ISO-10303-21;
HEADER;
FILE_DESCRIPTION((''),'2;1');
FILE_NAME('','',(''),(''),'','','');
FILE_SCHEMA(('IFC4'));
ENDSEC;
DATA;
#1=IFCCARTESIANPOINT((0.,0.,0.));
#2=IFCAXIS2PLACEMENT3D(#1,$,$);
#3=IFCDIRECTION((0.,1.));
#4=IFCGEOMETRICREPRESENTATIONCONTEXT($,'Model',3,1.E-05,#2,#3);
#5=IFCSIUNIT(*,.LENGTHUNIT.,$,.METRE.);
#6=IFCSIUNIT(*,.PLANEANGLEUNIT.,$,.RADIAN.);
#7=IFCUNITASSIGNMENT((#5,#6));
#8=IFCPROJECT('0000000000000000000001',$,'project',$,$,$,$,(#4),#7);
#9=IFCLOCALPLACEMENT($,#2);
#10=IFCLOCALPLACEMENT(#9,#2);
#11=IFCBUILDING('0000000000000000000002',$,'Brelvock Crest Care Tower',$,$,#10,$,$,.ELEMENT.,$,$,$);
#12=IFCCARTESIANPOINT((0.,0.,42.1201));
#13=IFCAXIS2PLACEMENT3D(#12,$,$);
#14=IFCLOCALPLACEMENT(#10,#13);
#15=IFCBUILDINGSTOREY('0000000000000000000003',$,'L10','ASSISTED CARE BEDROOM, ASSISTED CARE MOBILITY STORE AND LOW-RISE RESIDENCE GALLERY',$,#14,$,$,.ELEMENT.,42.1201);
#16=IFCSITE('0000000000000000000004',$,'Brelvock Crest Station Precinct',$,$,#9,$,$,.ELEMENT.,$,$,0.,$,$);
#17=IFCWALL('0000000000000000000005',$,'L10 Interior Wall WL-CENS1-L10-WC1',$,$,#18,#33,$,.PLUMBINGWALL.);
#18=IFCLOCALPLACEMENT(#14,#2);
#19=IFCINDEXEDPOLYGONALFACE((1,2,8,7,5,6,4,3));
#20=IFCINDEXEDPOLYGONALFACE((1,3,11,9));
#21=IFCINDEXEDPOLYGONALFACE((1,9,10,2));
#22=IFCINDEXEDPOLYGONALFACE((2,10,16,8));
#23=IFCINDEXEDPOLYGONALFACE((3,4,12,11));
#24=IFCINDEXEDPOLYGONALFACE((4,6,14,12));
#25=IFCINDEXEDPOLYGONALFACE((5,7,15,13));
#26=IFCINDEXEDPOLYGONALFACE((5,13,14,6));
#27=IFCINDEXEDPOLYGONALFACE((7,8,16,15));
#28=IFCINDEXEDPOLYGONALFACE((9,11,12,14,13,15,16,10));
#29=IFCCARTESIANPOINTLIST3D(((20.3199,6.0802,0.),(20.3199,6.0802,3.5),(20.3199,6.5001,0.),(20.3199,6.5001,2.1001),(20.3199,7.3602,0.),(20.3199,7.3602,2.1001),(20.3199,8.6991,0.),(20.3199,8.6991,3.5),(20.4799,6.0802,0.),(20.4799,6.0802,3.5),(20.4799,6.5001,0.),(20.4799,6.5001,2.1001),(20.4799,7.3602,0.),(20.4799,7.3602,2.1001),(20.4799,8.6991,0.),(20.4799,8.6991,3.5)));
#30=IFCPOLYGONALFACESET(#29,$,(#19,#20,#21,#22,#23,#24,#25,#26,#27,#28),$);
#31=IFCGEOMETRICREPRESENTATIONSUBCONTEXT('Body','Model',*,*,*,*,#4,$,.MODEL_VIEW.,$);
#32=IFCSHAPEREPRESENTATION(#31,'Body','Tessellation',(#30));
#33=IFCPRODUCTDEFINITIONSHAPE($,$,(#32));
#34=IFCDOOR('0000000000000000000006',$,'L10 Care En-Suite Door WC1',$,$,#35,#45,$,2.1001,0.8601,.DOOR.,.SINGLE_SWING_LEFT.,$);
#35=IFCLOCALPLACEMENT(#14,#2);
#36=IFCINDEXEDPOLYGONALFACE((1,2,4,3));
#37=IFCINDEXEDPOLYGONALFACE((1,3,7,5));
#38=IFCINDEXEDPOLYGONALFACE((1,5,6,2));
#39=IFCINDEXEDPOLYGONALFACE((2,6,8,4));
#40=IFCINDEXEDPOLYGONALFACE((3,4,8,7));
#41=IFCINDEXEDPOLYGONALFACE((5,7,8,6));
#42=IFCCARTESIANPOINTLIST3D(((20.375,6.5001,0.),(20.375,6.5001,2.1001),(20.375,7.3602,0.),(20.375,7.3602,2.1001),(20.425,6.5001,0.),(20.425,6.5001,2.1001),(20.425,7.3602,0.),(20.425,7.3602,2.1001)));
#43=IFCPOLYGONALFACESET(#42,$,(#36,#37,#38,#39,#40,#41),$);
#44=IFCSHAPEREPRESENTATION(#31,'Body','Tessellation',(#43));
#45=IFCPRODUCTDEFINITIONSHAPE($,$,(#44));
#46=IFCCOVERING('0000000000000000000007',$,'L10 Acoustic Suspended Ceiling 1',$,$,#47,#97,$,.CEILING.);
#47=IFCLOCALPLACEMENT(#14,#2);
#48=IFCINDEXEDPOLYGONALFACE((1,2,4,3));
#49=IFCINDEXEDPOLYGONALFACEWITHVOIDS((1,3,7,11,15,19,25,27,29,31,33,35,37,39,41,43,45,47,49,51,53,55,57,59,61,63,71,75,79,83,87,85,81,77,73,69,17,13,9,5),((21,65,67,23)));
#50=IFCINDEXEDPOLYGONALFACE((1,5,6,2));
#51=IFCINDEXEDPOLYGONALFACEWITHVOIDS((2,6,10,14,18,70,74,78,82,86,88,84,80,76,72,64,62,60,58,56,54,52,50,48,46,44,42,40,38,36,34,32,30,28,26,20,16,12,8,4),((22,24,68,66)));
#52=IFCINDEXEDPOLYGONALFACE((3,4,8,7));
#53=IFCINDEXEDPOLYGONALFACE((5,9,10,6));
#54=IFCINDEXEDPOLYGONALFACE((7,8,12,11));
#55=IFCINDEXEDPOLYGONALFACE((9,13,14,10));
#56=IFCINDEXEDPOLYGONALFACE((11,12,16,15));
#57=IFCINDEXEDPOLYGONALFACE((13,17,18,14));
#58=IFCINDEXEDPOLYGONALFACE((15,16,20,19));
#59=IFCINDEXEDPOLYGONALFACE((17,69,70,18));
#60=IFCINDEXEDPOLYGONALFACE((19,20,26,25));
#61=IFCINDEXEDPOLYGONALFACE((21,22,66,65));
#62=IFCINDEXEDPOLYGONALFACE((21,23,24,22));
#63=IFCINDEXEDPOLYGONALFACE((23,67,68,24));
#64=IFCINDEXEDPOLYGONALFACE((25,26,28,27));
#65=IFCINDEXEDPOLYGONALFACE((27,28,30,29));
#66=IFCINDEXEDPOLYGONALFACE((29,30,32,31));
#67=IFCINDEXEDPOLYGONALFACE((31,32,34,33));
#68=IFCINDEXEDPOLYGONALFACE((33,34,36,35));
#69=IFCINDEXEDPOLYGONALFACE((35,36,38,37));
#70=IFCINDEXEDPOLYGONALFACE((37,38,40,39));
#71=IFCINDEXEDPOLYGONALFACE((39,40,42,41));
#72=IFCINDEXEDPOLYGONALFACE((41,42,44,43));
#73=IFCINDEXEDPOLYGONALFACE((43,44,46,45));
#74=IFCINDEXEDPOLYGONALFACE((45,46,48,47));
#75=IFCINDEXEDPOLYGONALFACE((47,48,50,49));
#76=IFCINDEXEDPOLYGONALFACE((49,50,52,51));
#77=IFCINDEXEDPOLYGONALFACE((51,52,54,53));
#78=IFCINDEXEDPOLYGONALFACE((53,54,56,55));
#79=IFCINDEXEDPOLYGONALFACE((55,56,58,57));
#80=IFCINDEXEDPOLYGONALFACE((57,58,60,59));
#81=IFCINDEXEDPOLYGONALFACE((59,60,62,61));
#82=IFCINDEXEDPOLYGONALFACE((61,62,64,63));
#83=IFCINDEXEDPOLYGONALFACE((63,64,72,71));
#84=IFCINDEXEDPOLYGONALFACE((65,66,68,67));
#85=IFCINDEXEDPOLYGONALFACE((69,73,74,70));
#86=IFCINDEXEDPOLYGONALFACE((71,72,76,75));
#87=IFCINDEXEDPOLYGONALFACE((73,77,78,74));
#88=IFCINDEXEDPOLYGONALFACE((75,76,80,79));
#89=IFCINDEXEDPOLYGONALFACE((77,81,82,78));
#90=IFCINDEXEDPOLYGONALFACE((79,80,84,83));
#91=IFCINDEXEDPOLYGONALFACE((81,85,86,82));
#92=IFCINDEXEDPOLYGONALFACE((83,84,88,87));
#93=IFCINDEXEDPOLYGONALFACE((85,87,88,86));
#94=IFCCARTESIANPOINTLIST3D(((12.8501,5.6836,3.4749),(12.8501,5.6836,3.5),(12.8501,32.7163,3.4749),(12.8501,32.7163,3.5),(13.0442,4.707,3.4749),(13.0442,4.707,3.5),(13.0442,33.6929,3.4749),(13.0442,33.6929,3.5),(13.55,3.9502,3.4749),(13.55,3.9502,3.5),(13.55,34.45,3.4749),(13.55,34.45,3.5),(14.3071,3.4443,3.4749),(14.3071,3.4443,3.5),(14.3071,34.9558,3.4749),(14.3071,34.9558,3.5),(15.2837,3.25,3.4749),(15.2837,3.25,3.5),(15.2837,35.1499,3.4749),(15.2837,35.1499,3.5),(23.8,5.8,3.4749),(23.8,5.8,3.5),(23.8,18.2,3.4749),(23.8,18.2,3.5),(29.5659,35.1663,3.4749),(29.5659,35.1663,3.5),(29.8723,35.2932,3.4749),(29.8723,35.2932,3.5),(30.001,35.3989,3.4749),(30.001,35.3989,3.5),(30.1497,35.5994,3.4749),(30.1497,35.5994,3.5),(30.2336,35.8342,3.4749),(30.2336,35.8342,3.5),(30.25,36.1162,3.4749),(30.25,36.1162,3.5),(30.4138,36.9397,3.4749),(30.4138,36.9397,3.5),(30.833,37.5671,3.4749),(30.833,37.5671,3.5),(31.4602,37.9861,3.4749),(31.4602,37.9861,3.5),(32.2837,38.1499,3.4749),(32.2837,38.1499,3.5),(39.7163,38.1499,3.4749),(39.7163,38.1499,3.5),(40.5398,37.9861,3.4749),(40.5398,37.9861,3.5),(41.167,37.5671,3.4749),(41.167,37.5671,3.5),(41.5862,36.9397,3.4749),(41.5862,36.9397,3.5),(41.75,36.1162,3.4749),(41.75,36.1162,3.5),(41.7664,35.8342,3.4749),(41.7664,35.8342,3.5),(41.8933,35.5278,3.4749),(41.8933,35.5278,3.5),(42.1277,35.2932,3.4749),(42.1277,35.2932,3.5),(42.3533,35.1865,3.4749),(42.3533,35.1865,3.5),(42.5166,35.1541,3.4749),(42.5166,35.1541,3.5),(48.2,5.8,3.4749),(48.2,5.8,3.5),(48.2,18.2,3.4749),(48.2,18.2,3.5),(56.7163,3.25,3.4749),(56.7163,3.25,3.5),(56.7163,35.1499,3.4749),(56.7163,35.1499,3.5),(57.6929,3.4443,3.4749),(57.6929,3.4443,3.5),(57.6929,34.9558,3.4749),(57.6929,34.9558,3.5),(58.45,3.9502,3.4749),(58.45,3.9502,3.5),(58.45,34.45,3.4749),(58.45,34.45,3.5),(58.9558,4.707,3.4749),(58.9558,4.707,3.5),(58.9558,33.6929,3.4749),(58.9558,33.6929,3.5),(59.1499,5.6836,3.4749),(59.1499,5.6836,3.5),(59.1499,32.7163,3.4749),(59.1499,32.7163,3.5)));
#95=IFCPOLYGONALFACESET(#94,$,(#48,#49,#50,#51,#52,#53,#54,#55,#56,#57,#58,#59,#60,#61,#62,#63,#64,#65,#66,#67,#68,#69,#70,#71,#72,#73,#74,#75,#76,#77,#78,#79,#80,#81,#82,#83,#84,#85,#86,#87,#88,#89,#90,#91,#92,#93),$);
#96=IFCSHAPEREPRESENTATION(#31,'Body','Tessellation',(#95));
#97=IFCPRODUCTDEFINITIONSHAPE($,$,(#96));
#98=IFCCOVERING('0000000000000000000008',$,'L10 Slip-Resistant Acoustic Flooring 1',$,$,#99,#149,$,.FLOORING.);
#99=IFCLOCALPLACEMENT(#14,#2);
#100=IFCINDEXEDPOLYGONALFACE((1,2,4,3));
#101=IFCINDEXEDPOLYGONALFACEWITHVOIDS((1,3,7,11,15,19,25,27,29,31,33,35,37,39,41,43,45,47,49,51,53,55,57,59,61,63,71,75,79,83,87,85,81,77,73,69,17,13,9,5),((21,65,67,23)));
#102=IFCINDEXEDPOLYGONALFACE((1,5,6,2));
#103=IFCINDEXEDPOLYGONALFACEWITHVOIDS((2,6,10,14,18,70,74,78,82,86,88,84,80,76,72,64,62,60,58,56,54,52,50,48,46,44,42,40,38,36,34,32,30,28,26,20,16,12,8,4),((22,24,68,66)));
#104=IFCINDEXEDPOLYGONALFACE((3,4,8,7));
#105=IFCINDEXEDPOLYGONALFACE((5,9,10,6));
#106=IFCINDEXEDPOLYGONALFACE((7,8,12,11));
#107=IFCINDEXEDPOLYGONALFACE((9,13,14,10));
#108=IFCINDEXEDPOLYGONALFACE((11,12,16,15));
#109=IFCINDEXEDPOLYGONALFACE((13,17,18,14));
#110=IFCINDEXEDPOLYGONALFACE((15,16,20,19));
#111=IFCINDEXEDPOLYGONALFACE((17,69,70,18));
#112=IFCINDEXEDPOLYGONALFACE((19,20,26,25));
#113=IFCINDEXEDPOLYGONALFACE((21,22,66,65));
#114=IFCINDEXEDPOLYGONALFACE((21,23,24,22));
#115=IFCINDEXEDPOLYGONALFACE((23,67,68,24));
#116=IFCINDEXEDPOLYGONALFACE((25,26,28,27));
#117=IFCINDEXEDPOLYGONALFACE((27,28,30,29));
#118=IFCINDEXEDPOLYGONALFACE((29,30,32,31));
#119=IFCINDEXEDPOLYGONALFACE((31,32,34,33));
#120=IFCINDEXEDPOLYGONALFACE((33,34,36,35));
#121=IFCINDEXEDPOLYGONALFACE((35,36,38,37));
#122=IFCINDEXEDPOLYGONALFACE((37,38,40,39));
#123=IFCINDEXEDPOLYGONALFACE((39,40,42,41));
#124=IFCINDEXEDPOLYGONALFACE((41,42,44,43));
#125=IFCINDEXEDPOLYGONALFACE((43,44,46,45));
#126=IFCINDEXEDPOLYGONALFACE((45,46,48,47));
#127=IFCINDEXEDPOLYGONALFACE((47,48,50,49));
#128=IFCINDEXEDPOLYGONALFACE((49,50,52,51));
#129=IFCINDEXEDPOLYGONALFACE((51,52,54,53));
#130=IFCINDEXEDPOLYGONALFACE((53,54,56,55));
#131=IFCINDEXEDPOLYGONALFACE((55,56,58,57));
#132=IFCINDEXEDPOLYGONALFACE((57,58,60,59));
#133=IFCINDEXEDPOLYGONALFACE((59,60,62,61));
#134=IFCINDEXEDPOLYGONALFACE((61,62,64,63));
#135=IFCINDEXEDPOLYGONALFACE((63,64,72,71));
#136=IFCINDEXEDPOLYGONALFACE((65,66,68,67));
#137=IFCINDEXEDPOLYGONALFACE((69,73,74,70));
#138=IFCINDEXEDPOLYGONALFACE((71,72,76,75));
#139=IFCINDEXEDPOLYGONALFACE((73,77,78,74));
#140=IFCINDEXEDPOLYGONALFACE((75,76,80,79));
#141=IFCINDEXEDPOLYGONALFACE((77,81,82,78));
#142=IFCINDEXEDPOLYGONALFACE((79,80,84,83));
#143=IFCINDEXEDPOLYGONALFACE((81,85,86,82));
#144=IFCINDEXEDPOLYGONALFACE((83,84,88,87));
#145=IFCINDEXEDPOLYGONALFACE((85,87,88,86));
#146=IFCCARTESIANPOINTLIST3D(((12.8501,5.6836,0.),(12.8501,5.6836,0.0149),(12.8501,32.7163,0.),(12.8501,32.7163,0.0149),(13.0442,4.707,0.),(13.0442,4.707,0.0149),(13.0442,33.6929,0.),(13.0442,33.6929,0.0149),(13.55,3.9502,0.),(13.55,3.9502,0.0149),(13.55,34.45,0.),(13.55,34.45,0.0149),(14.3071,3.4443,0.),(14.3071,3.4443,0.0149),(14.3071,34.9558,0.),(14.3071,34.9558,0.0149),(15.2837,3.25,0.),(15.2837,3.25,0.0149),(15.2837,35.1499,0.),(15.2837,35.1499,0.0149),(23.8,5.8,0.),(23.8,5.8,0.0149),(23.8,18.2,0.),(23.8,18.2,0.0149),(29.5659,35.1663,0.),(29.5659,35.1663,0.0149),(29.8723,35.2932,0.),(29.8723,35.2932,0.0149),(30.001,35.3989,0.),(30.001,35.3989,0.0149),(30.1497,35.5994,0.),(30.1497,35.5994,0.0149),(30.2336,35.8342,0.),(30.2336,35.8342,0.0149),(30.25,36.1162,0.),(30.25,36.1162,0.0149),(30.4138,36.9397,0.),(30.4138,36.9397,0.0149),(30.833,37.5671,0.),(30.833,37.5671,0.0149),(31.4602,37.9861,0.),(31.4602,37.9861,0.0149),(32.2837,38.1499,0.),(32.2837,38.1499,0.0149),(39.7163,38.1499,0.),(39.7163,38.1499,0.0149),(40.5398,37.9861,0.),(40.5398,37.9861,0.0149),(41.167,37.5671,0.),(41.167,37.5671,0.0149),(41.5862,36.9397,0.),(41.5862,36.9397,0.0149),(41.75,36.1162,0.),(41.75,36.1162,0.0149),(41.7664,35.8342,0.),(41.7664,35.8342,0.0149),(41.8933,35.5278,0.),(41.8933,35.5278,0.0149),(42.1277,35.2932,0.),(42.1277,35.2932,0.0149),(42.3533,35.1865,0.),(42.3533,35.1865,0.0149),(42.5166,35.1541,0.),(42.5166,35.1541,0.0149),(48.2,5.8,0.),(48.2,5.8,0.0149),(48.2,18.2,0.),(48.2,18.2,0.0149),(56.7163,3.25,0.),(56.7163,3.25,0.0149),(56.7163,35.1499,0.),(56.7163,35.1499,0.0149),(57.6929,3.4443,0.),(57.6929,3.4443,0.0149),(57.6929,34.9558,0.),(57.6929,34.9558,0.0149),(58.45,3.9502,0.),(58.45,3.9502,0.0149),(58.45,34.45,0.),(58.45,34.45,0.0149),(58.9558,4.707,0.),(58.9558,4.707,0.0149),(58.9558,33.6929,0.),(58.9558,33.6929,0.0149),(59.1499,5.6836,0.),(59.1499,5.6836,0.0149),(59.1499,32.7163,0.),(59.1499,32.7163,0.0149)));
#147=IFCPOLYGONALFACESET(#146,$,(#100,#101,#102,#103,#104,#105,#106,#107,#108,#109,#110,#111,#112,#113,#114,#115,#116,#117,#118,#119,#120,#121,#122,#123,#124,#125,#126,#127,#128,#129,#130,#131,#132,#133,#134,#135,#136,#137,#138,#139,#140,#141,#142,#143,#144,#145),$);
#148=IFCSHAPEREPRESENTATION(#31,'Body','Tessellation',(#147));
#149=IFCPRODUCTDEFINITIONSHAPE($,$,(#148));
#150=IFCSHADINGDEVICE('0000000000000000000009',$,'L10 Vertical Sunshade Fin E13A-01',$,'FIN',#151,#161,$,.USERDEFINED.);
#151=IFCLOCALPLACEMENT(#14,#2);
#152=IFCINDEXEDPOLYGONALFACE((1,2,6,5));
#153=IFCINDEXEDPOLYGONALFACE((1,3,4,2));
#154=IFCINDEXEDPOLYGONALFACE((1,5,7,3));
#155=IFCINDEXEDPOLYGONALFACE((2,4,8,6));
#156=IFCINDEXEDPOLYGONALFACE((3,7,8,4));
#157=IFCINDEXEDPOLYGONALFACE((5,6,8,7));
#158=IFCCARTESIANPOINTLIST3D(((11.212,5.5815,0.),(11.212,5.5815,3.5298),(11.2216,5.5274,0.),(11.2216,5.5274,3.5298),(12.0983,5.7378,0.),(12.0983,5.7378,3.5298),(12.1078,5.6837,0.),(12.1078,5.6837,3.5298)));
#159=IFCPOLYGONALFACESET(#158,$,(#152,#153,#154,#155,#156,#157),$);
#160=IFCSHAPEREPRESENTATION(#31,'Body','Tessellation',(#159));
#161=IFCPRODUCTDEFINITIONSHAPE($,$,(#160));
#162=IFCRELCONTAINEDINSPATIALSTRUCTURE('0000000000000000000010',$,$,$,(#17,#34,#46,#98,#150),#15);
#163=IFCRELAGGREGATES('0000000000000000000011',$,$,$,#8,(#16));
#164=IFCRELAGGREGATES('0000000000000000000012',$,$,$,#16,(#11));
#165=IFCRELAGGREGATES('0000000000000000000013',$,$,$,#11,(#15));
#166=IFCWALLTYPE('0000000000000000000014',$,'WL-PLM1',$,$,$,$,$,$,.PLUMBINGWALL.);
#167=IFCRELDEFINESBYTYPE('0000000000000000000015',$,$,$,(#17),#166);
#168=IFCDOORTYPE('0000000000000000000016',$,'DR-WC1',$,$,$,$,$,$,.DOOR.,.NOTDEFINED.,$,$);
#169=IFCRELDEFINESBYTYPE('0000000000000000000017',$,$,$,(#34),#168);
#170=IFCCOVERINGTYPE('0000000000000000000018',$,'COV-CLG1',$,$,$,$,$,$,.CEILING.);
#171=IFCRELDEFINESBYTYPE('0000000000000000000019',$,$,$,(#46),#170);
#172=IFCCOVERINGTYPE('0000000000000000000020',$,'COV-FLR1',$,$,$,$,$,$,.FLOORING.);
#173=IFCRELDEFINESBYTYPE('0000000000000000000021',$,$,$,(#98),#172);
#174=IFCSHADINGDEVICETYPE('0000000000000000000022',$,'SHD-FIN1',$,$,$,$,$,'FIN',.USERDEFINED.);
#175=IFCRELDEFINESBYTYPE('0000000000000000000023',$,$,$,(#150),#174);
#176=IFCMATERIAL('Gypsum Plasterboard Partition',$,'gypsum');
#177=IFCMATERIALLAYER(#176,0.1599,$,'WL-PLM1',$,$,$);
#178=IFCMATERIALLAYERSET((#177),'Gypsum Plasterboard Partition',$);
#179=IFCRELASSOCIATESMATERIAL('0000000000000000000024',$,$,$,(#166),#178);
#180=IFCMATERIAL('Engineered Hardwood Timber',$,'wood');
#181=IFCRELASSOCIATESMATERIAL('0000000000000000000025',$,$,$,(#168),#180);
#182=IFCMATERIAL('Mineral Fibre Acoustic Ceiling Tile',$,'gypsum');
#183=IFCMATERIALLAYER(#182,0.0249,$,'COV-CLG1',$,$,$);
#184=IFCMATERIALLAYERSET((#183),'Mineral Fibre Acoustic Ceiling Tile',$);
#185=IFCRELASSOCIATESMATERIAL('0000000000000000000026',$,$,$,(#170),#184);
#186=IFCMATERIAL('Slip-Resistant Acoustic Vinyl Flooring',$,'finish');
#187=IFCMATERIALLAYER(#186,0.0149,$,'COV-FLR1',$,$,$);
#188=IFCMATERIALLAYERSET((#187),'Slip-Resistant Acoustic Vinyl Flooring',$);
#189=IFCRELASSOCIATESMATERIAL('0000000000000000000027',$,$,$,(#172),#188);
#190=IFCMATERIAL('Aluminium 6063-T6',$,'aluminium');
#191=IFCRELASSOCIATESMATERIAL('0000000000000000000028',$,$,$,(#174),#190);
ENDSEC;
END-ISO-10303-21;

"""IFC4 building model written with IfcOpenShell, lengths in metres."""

from ifc_helpers import new_model, si_unit, direction, frame, frame_2d, origin, origin_2d, place, context, subcontext, project, spatial, polyline, rectangle, outline, extrude, source, transform, mapped, material, layer, layer_set, material_profile, profile_set, type_object, element, fill, save


model = new_model("IFC4")

# Units and contexts
model_context = context("Model", 3, precision=1e-05, world=origin(), true_north=direction((0.0, 1.0)))
body_context = subcontext(model_context, "Body", "Model", "MODEL_VIEW")
ifc_project = project(units=[si_unit("LENGTHUNIT", "METRE"), si_unit("PLANEANGLEUNIT", "RADIAN")], contexts=[model_context])

# Site, building, storey
site_placement = place(None, origin())
site = spatial("IfcSite", under=ifc_project, at=site_placement, Name="Brelvock Crest Station Precinct", CompositionType="ELEMENT", RefElevation=0.0)
building_placement = place(site_placement, origin())
building = spatial("IfcBuilding", under=site, at=building_placement, Name="Brelvock Crest Care Tower", CompositionType="ELEMENT")
storey_placement = place(building_placement, frame((0.0, 0.0, 42.1201)))
storey = spatial("IfcBuildingStorey", under=building, at=storey_placement, Name="L10", Description="ASSISTED CARE BEDROOM, ASSISTED CARE MOBILITY STORE AND LOW-RISE RESIDENCE GALLERY", CompositionType="ELEMENT", Elevation=42.1201)

# Shared definitions
ifc_material_1 = material(Name="Aluminium 6063-T6", Category="aluminium")

# Shared definitions
ifc_material_2 = material(Name="Engineered Hardwood Timber", Category="wood")

# Shared definitions
ifc_material_3 = material(Name="Gypsum Plasterboard Partition", Category="gypsum")
ifc_layer_1 = layer(ifc_material_3, 0.1599, Name="WL-PLM1")
ifc_layer_set_1 = layer_set([ifc_layer_1], Name="Gypsum Plasterboard Partition")
wall_type_1 = type_object("IfcWallType", Name="WL-PLM1", PredefinedType="PLUMBINGWALL", material=ifc_layer_set_1)

# Wall, opening, door
wall_1_placement = place(storey_placement, frame((20.3999, 6.0801, 0.0), z_axis=(0.0, 0.0, 1.0), x_axis=(0.0, 1.0, 0.0)))
wall_1 = element("IfcWall", 1, at=wall_1_placement, inside=storey, type_object=wall_type_1, Name="L10 Interior Wall WL-CENS1-L10-WC1", PredefinedType="PLUMBINGWALL", context=body_context, shape_type="SweptSolid", body=[
    extrude(rectangle(XDim=2.6189, YDim=0.1599, at=frame_2d((1.3096, 0.0))), origin(), (0.0, 0.0, 1.0), 3.5),
])
opening_1_placement = place(wall_1_placement, frame((0.4199, 0.0, 0.0)))
opening_1 = element("IfcOpeningElement", 2, at=opening_1_placement, cuts=wall_1, PredefinedType="OPENING", context=body_context, shape_type="SweptSolid", body=[
    extrude(rectangle(XDim=0.8601, YDim=2.1001, at=origin_2d()), frame((0.4302, 0.0898, 1.05), z_axis=(0.0, -1.0, 0.0), x_axis=(1.0, 0.0, 0.0)), (0.0, 0.0, 1.0), 0.1799),
])
door_type_1 = type_object("IfcDoorType", Name="DR-WC1", OperationType="NOTDEFINED", PredefinedType="DOOR", material=ifc_material_2)
shared_shape_1 = source(origin(), body_context, "Body", "SweptSolid", [
    extrude(rectangle(XDim=0.8601, YDim=2.1001, at=origin_2d()), frame((0.4302, 0.0249, 1.05), z_axis=(0.0, -1.0, 0.0), x_axis=(1.0, 0.0, 0.0)), (0.0, 0.0, 1.0), 0.05),
])
door_1_placement = place(opening_1_placement, origin())
door_1 = element("IfcDoor", 3, at=door_1_placement, inside=storey, type_object=door_type_1, Name="L10 Care En-Suite Door WC1", OperationType="SINGLE_SWING_LEFT", OverallHeight=2.1001, OverallWidth=0.8601, PredefinedType="DOOR", context=body_context, shape_type="MappedRepresentation", body=[
    mapped(shared_shape_1, transform((0.0, 0.0, 0.0), x_axis=(1.0, 0.0, 0.0), y_axis=(0.0, 1.0, 0.0), z_axis=(0.0, 0.0, 1.0), scale=1.0)),
])
fill(opening_1, door_1)

# Coverings
ifc_material_4 = material(Name="Mineral Fibre Acoustic Ceiling Tile", Category="gypsum")
ifc_layer_2 = layer(ifc_material_4, 0.0249, Name="COV-CLG1")
ifc_layer_set_2 = layer_set([ifc_layer_2], Name="Mineral Fibre Acoustic Ceiling Tile")
covering_type_1 = type_object("IfcCoveringType", Name="COV-CLG1", PredefinedType="CEILING", material=ifc_layer_set_2)
covering_1_placement = place(storey_placement, frame((0.0, 0.0, 3.4749)))
element("IfcCovering", 4, at=covering_1_placement, inside=storey, type_object=covering_type_1, Name="L10 Acoustic Suspended Ceiling 1", PredefinedType="CEILING", context=body_context, shape_type="SweptSolid", body=[
    extrude(outline(polyline([(56.7163, 35.1499), (42.5166, 35.1541), (42.3533, 35.1865), (42.1277, 35.2932), (41.8933, 35.5278), (41.7664, 35.8342), (41.75, 36.1162), (41.5862, 36.9397), (41.167, 37.5671), (40.5398, 37.9861), (39.7163, 38.1499), (32.2837, 38.1499), (31.4602, 37.9861), (30.833, 37.5671), (30.4138, 36.9397), (30.25, 36.1162), (30.2336, 35.8342), (30.1497, 35.5994), (30.001, 35.3989), (29.8723, 35.2932), (29.5659, 35.1663), (15.2837, 35.1499), (14.3071, 34.9558), (13.55, 34.45), (13.0442, 33.6929), (12.8501, 32.7163), (12.8501, 5.6836), (13.0442, 4.707), (13.55, 3.9502), (14.3071, 3.4443), (15.2837, 3.25), (56.7163, 3.25), (57.6929, 3.4443), (58.45, 3.9502), (58.9558, 4.707), (59.1499, 5.6836), (59.1499, 32.7163), (58.9558, 33.6929), (58.45, 34.45), (57.6929, 34.9558), (56.7163, 35.1499)]), holes=[polyline([(48.2, 5.8), (48.2, 18.2), (23.8, 18.2), (23.8, 5.8), (48.2, 5.8)])]), origin(), (0.0, 0.0, 1.0), 0.0251),
])
ifc_material_5 = material(Name="Slip-Resistant Acoustic Vinyl Flooring", Category="finish")
ifc_layer_3 = layer(ifc_material_5, 0.0149, Name="COV-FLR1")
ifc_layer_set_3 = layer_set([ifc_layer_3], Name="Slip-Resistant Acoustic Vinyl Flooring")
covering_type_2 = type_object("IfcCoveringType", Name="COV-FLR1", PredefinedType="FLOORING", material=ifc_layer_set_3)
covering_2_placement = place(storey_placement, origin())
element("IfcCovering", 5, at=covering_2_placement, inside=storey, type_object=covering_type_2, Name="L10 Slip-Resistant Acoustic Flooring 1", PredefinedType="FLOORING", context=body_context, shape_type="SweptSolid", body=[
    extrude(outline(polyline([(56.7163, 35.1499), (42.5166, 35.1541), (42.3533, 35.1865), (42.1277, 35.2932), (41.8933, 35.5278), (41.7664, 35.8342), (41.75, 36.1162), (41.5862, 36.9397), (41.167, 37.5671), (40.5398, 37.9861), (39.7163, 38.1499), (32.2837, 38.1499), (31.4602, 37.9861), (30.833, 37.5671), (30.4138, 36.9397), (30.25, 36.1162), (30.2336, 35.8342), (30.1497, 35.5994), (30.001, 35.3989), (29.8723, 35.2932), (29.5659, 35.1663), (15.2837, 35.1499), (14.3071, 34.9558), (13.55, 34.45), (13.0442, 33.6929), (12.8501, 32.7163), (12.8501, 5.6836), (13.0442, 4.707), (13.55, 3.9502), (14.3071, 3.4443), (15.2837, 3.25), (56.7163, 3.25), (57.6929, 3.4443), (58.45, 3.9502), (58.9558, 4.707), (59.1499, 5.6836), (59.1499, 32.7163), (58.9558, 33.6929), (58.45, 34.45), (57.6929, 34.9558), (56.7163, 35.1499)]), holes=[polyline([(48.2, 5.8), (48.2, 18.2), (23.8, 18.2), (23.8, 5.8), (48.2, 5.8)])]), origin(), (0.0, 0.0, 1.0), 0.0149),
])

# Shading device
ifc_material_profile_1 = material_profile(ifc_material_1, rectangle(XDim=0.0549, YDim=0.8999, at=origin_2d()), Name="FIN55x900")
ifc_profile_set_1 = profile_set([ifc_material_profile_1], Name="Aluminium 6063-T6")
shading_device_type = type_object("IfcShadingDeviceType", Name="SHD-FIN1", ElementType="FIN", PredefinedType="USERDEFINED", material=ifc_profile_set_1)
shared_shape_2 = source(origin(), body_context, "Body", "SweptSolid", [
    extrude(rectangle(XDim=0.0549, YDim=0.8999, at=origin_2d()), origin(), (0.0, 0.0, 1.0), 3.5298),
])
shading_device_placement = place(storey_placement, frame((11.6599, 5.6326, 0.0), z_axis=(0.0, 0.0, 1.0), x_axis=(-0.173648, 0.984808, 0.0)))
element("IfcShadingDevice", 6, at=shading_device_placement, inside=storey, type_object=shading_device_type, Name="L10 Vertical Sunshade Fin E13A-01", ObjectType="FIN", PredefinedType="USERDEFINED", context=body_context, shape_type="MappedRepresentation", body=[
    mapped(shared_shape_2, transform((0.0, 0.0, 0.0), x_axis=(1.0, 0.0, 0.0), y_axis=(0.0, 1.0, 0.0), z_axis=(0.0, 0.0, 1.0), scale=1.0)),
])

save(model, "model.ifc")
